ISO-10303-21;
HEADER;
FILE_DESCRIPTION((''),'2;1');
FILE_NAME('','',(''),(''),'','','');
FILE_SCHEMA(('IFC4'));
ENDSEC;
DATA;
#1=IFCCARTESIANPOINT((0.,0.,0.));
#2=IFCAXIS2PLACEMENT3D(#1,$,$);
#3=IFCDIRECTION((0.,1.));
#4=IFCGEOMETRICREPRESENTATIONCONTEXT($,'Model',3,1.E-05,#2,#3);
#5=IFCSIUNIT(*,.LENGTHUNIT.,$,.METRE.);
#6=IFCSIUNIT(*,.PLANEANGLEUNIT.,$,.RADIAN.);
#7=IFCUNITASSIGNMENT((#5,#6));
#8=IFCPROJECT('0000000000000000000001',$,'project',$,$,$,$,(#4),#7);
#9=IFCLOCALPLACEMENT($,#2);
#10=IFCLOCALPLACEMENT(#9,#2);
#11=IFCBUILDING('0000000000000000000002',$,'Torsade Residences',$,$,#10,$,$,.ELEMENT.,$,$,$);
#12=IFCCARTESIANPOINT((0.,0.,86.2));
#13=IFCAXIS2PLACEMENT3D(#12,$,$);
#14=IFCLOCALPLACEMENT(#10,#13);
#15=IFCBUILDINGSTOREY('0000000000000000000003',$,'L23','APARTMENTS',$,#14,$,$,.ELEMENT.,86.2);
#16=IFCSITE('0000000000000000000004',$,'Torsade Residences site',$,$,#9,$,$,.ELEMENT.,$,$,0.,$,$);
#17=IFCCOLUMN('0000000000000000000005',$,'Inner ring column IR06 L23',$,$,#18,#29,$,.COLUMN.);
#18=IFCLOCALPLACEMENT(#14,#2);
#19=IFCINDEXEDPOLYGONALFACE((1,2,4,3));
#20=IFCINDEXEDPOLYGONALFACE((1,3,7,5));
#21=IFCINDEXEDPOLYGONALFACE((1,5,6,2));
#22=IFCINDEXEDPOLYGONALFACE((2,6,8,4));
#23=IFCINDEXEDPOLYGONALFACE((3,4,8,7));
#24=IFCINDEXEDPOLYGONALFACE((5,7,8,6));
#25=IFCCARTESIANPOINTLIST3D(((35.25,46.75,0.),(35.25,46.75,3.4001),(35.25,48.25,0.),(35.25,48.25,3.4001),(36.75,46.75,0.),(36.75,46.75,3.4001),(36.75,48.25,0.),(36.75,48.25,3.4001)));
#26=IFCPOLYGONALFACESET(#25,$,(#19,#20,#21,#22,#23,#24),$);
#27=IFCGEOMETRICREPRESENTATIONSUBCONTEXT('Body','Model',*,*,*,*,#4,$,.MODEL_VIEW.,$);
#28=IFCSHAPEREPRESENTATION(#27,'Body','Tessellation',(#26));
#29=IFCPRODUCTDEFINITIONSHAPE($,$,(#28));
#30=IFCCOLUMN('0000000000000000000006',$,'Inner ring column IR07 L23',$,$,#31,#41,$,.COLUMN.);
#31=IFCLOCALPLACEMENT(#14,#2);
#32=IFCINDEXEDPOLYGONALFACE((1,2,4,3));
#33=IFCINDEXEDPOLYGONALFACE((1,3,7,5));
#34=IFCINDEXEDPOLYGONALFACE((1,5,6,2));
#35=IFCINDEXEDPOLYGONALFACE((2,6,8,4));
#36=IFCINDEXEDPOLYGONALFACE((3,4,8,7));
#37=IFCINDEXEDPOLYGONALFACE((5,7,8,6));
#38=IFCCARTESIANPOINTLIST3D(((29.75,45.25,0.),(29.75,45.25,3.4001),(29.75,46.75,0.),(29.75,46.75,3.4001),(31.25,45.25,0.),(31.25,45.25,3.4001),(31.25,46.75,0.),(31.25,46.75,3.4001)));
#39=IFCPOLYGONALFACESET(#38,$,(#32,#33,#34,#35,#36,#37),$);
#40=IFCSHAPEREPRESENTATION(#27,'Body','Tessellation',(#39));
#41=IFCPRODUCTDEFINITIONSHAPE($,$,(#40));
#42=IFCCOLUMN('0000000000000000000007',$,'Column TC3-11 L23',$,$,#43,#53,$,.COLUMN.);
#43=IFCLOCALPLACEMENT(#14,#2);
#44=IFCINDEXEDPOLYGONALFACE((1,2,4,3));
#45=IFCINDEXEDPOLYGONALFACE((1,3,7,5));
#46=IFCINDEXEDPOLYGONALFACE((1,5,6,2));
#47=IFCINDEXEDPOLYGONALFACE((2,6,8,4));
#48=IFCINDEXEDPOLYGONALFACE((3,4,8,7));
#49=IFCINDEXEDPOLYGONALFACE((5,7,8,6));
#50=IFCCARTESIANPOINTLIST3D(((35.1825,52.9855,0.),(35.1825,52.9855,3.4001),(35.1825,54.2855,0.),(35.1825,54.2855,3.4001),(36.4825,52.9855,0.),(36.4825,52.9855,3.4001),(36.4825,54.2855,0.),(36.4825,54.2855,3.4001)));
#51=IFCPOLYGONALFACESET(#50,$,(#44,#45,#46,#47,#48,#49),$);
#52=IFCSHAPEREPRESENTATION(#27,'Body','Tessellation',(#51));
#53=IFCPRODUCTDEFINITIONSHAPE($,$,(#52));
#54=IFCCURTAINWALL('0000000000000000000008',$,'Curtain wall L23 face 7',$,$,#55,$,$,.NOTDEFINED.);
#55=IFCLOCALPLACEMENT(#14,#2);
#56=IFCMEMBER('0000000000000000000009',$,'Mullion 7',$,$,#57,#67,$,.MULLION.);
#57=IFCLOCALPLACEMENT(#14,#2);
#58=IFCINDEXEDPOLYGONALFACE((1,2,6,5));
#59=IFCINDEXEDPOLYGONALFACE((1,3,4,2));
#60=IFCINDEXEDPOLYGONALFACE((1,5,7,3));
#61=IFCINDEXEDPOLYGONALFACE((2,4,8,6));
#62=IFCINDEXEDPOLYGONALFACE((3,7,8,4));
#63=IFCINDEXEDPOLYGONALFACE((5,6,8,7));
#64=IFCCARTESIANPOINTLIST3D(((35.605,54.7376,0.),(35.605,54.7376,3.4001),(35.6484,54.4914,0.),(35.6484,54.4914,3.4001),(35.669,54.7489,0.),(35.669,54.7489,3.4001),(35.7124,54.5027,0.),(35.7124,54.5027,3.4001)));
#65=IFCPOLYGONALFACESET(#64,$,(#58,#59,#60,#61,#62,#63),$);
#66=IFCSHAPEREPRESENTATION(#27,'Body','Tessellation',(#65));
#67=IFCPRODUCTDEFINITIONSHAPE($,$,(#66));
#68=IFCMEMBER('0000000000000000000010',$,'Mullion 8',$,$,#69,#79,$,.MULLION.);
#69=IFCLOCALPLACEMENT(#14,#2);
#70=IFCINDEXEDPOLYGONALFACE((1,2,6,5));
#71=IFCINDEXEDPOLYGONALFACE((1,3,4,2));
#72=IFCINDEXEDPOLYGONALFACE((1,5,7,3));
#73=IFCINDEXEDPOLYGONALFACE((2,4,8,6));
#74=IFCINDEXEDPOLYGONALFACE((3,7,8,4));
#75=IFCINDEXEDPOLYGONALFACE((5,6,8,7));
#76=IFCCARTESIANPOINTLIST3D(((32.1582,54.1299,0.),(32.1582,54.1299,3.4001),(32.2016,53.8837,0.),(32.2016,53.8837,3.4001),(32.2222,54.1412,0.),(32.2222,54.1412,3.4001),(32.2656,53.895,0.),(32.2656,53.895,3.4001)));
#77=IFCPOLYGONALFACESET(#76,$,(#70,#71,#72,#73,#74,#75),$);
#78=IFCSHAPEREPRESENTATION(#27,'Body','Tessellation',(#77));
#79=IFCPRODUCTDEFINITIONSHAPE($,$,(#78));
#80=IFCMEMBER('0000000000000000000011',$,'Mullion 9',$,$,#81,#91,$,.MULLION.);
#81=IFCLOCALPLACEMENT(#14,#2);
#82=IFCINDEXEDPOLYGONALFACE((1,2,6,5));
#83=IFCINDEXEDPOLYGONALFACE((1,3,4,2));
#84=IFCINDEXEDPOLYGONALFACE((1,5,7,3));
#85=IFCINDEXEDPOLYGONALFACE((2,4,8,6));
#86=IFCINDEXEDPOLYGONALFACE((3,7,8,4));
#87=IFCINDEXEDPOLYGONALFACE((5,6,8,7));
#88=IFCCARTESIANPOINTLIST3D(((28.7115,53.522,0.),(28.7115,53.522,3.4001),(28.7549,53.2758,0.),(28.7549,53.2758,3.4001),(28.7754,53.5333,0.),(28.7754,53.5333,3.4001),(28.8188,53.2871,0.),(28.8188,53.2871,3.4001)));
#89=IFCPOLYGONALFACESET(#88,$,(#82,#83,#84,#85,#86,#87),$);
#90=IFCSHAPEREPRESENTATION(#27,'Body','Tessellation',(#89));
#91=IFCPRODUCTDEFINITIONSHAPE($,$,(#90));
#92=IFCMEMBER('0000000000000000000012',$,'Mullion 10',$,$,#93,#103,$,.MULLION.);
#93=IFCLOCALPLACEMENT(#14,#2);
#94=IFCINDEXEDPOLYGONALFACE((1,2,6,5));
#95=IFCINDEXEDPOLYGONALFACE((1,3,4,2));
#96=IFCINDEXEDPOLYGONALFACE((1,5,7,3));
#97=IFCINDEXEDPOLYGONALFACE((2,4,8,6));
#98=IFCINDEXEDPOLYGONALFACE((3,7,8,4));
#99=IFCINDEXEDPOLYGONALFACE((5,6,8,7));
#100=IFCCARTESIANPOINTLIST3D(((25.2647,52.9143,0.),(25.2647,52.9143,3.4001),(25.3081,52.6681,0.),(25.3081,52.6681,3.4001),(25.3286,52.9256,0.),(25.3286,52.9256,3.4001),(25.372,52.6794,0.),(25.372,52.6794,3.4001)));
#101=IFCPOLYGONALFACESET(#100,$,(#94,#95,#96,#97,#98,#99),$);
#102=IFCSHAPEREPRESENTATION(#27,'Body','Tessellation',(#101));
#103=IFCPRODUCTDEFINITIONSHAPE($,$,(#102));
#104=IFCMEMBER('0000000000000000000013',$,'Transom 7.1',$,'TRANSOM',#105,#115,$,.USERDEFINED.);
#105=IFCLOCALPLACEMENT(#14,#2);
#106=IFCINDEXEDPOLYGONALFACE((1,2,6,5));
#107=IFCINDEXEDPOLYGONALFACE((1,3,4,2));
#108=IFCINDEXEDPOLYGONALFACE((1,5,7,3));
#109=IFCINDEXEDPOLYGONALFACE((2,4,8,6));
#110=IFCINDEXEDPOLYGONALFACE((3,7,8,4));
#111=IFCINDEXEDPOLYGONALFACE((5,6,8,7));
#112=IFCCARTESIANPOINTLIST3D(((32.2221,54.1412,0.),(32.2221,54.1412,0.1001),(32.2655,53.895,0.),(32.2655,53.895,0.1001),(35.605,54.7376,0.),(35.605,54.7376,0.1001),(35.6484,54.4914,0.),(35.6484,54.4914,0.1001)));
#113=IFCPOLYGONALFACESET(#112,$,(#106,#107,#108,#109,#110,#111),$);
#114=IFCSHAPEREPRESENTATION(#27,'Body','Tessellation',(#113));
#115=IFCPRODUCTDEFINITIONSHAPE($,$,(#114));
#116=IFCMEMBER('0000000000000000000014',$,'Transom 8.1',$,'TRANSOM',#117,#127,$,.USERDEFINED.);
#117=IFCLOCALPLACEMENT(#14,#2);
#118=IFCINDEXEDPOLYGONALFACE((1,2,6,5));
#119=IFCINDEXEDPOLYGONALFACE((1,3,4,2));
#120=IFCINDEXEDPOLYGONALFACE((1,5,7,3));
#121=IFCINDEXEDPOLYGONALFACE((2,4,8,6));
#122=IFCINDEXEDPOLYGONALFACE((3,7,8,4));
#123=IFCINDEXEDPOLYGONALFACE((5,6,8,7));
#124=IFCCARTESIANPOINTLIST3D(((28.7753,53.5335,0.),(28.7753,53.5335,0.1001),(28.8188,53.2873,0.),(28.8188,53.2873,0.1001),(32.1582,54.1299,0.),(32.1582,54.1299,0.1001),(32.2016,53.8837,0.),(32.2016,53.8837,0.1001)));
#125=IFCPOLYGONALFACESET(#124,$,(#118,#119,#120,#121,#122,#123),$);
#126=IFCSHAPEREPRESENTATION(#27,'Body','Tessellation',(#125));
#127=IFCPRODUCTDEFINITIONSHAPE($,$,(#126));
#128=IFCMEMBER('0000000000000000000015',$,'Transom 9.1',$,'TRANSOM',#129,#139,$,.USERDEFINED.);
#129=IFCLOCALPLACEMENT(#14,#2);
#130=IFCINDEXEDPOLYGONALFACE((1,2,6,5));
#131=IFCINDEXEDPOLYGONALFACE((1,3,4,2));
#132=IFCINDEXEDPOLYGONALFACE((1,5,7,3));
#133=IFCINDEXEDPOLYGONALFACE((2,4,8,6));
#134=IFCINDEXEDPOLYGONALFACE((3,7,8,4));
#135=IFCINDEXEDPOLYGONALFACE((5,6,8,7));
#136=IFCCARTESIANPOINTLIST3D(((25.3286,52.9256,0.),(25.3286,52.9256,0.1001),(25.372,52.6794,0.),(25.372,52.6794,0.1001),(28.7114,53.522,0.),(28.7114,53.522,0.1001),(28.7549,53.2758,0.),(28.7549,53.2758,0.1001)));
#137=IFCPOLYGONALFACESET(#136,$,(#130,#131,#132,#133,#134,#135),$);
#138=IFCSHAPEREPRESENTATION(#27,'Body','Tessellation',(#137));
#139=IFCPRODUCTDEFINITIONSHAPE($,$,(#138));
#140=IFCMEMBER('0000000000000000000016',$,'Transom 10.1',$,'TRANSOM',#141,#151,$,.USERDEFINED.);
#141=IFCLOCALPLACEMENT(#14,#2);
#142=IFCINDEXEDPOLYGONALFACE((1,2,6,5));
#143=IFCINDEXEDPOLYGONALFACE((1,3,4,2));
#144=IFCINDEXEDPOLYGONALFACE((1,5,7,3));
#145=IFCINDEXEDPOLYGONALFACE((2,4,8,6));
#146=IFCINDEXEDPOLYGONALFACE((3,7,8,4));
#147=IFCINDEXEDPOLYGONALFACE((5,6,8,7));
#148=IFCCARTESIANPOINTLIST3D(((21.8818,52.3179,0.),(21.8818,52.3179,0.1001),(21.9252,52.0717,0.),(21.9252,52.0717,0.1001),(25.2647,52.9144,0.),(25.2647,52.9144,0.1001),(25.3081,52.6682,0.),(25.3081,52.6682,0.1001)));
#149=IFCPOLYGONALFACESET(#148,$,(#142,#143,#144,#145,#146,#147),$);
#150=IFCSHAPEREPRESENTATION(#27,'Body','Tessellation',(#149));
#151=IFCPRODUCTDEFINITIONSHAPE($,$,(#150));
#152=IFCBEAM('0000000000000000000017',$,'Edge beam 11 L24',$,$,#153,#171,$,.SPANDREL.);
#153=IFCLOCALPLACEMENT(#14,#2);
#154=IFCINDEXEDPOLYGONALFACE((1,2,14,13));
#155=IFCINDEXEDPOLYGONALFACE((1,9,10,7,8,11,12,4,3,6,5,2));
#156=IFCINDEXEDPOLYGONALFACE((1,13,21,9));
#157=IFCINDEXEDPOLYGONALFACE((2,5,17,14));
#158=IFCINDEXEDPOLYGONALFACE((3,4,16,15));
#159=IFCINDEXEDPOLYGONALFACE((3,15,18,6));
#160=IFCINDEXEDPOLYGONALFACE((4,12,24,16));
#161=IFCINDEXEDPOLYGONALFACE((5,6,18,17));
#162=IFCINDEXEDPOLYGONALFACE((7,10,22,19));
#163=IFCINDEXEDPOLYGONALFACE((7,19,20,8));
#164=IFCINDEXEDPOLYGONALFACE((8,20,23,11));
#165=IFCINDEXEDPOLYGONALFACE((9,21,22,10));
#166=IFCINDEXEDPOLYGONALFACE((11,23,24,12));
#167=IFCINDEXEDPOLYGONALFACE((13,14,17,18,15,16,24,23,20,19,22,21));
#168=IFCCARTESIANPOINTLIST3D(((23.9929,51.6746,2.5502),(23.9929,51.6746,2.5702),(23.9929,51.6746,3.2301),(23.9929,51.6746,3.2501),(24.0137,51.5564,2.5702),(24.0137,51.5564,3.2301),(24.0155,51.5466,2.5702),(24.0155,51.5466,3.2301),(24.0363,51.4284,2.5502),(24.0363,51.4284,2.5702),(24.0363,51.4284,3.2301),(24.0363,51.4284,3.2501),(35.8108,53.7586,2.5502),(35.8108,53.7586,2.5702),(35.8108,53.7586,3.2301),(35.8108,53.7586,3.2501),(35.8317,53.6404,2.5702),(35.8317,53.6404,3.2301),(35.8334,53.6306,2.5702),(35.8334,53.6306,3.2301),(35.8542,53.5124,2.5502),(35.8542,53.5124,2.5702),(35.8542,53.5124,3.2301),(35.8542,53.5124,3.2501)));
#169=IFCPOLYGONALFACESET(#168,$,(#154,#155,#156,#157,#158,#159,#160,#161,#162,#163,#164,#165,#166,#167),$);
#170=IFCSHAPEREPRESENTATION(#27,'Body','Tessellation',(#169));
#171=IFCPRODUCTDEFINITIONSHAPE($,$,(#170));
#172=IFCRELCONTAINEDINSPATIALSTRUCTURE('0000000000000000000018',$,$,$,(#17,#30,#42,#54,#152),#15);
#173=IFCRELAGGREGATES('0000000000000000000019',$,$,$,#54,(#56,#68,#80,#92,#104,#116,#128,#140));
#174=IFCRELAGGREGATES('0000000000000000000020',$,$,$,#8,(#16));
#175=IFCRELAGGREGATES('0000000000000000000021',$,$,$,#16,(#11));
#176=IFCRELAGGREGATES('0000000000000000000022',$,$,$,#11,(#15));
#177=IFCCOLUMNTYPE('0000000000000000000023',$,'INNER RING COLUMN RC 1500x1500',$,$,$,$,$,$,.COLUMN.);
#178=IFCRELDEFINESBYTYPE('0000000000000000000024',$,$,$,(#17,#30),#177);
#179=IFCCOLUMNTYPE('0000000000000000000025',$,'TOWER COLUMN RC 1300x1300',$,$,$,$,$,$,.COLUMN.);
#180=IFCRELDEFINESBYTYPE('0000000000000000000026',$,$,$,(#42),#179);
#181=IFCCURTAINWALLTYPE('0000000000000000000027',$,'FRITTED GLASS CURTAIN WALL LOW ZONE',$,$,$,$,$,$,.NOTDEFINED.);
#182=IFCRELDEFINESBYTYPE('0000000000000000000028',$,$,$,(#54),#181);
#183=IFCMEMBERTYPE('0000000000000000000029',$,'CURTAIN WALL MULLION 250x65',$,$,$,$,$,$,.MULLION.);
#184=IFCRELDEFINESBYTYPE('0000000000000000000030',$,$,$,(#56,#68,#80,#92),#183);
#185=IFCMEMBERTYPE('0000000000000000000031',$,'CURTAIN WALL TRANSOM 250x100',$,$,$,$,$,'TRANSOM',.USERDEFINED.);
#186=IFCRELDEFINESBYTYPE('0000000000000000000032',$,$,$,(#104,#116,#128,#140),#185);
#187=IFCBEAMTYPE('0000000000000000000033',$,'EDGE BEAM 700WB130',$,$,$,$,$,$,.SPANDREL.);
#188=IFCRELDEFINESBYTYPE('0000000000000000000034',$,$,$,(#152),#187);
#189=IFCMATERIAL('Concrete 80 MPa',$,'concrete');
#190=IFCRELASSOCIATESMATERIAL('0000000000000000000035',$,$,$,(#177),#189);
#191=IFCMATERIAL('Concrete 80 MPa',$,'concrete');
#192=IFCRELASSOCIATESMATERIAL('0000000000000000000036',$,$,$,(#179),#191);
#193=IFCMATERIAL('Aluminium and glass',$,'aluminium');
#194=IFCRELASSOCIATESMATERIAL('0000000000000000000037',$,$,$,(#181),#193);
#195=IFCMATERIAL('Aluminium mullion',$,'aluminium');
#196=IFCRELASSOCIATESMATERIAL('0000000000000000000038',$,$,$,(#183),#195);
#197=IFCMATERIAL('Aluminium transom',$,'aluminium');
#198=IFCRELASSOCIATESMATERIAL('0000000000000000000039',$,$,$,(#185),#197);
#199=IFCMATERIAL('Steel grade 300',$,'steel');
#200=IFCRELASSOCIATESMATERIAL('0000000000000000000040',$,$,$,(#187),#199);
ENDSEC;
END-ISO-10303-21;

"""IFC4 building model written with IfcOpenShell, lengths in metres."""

from ifc_helpers import new_model, si_unit, direction, frame, origin, origin_2d, place, context, subcontext, project, spatial, rectangle, i_section, extrude, material, material_profile, profile_set, type_object, element, aggregate, save


model = new_model("IFC4")

# Units and contexts
model_context = context("Model", 3, precision=1e-05, world=origin(), true_north=direction((0.0, 1.0)))
body_context = subcontext(model_context, "Body", "Model", "MODEL_VIEW")
ifc_project = project(units=[si_unit("LENGTHUNIT", "METRE"), si_unit("PLANEANGLEUNIT", "RADIAN")], contexts=[model_context])

# Site, building, storey
site_placement = place(None, origin())
site = spatial("IfcSite", under=ifc_project, at=site_placement, Name="Torsade Residences site", CompositionType="ELEMENT", RefElevation=0.0)
building_placement = place(site_placement, origin())
building = spatial("IfcBuilding", under=site, at=building_placement, Name="Torsade Residences", CompositionType="ELEMENT")
storey_placement = place(building_placement, frame((0.0, 0.0, 86.2)))
storey = spatial("IfcBuildingStorey", under=building, at=storey_placement, Name="L23", Description="APARTMENTS", CompositionType="ELEMENT", Elevation=86.2)

# Columns
ifc_material_1 = material(Name="Concrete 80 MPa", Category="concrete")
ifc_material_profile_1 = material_profile(ifc_material_1, rectangle(XDim=1.5, YDim=1.5, at=origin_2d()), Name="RC 1500x1500")
ifc_profile_set_1 = profile_set([ifc_material_profile_1], Name="Concrete 80 MPa")
column_type_1 = type_object("IfcColumnType", Name="INNER RING COLUMN RC 1500x1500", PredefinedType="COLUMN", material=ifc_profile_set_1)
for number, where, z_axis, x_axis, name in (
    (1, (36.0, 47.5, 0.0), (0.0, 0.0, 1.0), (1.0, 0.0, 0.0), "Inner ring column IR06 L23"),
    (2, (30.5, 46.0, 0.0), (0.0, 0.0, 1.0), (1.0, 0.0, 0.0), "Inner ring column IR07 L23"),
):
    element("IfcColumn", number, at=place(storey_placement, frame(where, z_axis=z_axis, x_axis=x_axis)), inside=storey, type_object=column_type_1, Name=name, PredefinedType="COLUMN", context=body_context, shape_type="SweptSolid", body=[
        extrude(rectangle(XDim=1.5, YDim=1.5, at=origin_2d()), origin(), (0.0, 0.0, 1.0), 3.4001),
    ])
ifc_material_2 = material(Name="Concrete 80 MPa", Category="concrete")
ifc_material_profile_2 = material_profile(ifc_material_2, rectangle(XDim=1.3, YDim=1.3, at=origin_2d()), Name="RC 1300x1300")
ifc_profile_set_2 = profile_set([ifc_material_profile_2], Name="Concrete 80 MPa")
column_type_2 = type_object("IfcColumnType", Name="TOWER COLUMN RC 1300x1300", PredefinedType="COLUMN", material=ifc_profile_set_2)
column_placement = place(storey_placement, frame((35.8325, 53.6355, 0.0), z_axis=(0.0, 0.0, 1.0), x_axis=(1.0, 0.0, 0.0)))
element("IfcColumn", 3, at=column_placement, inside=storey, type_object=column_type_2, Name="Column TC3-11 L23", PredefinedType="COLUMN", context=body_context, shape_type="SweptSolid", body=[
    extrude(rectangle(XDim=1.3, YDim=1.3, at=origin_2d()), origin(), (0.0, 0.0, 1.0), 3.4001),
])

# Curtain wall, members
ifc_material_3 = material(Name="Aluminium and glass", Category="aluminium")
curtain_wall_type = type_object("IfcCurtainWallType", Name="FRITTED GLASS CURTAIN WALL LOW ZONE", PredefinedType="NOTDEFINED", material=ifc_material_3)
curtain_wall_placement = place(storey_placement, origin())
curtain_wall = element("IfcCurtainWall", 4, at=curtain_wall_placement, inside=storey, type_object=curtain_wall_type, Name="Curtain wall L23 face 7", PredefinedType="NOTDEFINED")
ifc_material_4 = material(Name="Aluminium mullion", Category="aluminium")
ifc_material_profile_3 = material_profile(ifc_material_4, rectangle(XDim=0.25, YDim=0.0649, at=origin_2d()), Name="CURTAIN WALL MULLION 250x65")
ifc_profile_set_3 = profile_set([ifc_material_profile_3], Name="Aluminium mullion")
member_type_1 = type_object("IfcMemberType", Name="CURTAIN WALL MULLION 250x65", PredefinedType="MULLION", material=ifc_profile_set_3)
member_1_placement = place(storey_placement, frame((35.6587, 54.6201, 0.0), z_axis=(0.0, 0.0, 1.0), x_axis=(0.173648, -0.984808, 0.0)))
member_1 = element("IfcMember", 5, at=member_1_placement, type_object=member_type_1, Name="Mullion 7", PredefinedType="MULLION", context=body_context, shape_type="SweptSolid", body=[
    extrude(rectangle(XDim=0.25, YDim=0.0649, at=origin_2d()), origin(), (0.0, 0.0, 1.0), 3.4001),
])
member_2_placement = place(storey_placement, frame((32.2119, 54.0125, 0.0), z_axis=(0.0, 0.0, 1.0), x_axis=(0.173648, -0.984808, 0.0)))
member_2 = element("IfcMember", 6, at=member_2_placement, type_object=member_type_1, Name="Mullion 8", PredefinedType="MULLION", context=body_context, shape_type="SweptSolid", body=[
    extrude(rectangle(XDim=0.25, YDim=0.0649, at=origin_2d()), origin(), (0.0, 0.0, 1.0), 3.4001),
])
member_3_placement = place(storey_placement, frame((28.7651, 53.4045, 0.0), z_axis=(0.0, 0.0, 1.0), x_axis=(0.173648, -0.984808, 0.0)))
member_3 = element("IfcMember", 7, at=member_3_placement, type_object=member_type_1, Name="Mullion 9", PredefinedType="MULLION", context=body_context, shape_type="SweptSolid", body=[
    extrude(rectangle(XDim=0.25, YDim=0.0649, at=origin_2d()), origin(), (0.0, 0.0, 1.0), 3.4001),
])
member_4_placement = place(storey_placement, frame((25.3184, 52.7969, 0.0), z_axis=(0.0, 0.0, 1.0), x_axis=(0.173648, -0.984808, 0.0)))
member_4 = element("IfcMember", 8, at=member_4_placement, type_object=member_type_1, Name="Mullion 10", PredefinedType="MULLION", context=body_context, shape_type="SweptSolid", body=[
    extrude(rectangle(XDim=0.25, YDim=0.0649, at=origin_2d()), origin(), (0.0, 0.0, 1.0), 3.4001),
])
ifc_material_5 = material(Name="Aluminium transom", Category="aluminium")
ifc_material_profile_4 = material_profile(ifc_material_5, rectangle(XDim=0.25, YDim=0.1001, at=origin_2d()), Name="CURTAIN WALL TRANSOM 250x100")
ifc_profile_set_4 = profile_set([ifc_material_profile_4], Name="Aluminium transom")
member_type_2 = type_object("IfcMemberType", Name="CURTAIN WALL TRANSOM 250x100", ElementType="TRANSOM", PredefinedType="USERDEFINED", material=ifc_profile_set_4)
member_5_placement = place(storey_placement, frame((35.6267, 54.6145, 0.05), z_axis=(-0.98481, -0.173635, 0.0), x_axis=(0.173635, -0.98481, 0.0)))
member_5 = element("IfcMember", 9, at=member_5_placement, type_object=member_type_2, Name="Transom 7.1", ObjectType="TRANSOM", PredefinedType="USERDEFINED", context=body_context, shape_type="SweptSolid", body=[
    extrude(rectangle(XDim=0.25, YDim=0.1001, at=origin_2d()), origin(), (0.0, 0.0, 1.0), 3.4351),
])
member_6_placement = place(storey_placement, frame((32.1799, 54.0068, 0.05), z_axis=(-0.98481, -0.173635, 0.0), x_axis=(0.173635, -0.98481, 0.0)))
member_6 = element("IfcMember", 10, at=member_6_placement, type_object=member_type_2, Name="Transom 8.1", ObjectType="TRANSOM", PredefinedType="USERDEFINED", context=body_context, shape_type="SweptSolid", body=[
    extrude(rectangle(XDim=0.25, YDim=0.1001, at=origin_2d()), origin(), (0.0, 0.0, 1.0), 3.4351),
])
member_7_placement = place(storey_placement, frame((28.7332, 53.3989, 0.05), z_axis=(-0.98481, -0.173635, 0.0), x_axis=(0.173635, -0.98481, 0.0)))
member_7 = element("IfcMember", 11, at=member_7_placement, type_object=member_type_2, Name="Transom 9.1", ObjectType="TRANSOM", PredefinedType="USERDEFINED", context=body_context, shape_type="SweptSolid", body=[
    extrude(rectangle(XDim=0.25, YDim=0.1001, at=origin_2d()), origin(), (0.0, 0.0, 1.0), 3.4351),
])
member_8_placement = place(storey_placement, frame((25.2864, 52.7913, 0.05), z_axis=(-0.98481, -0.173635, 0.0), x_axis=(0.173635, -0.98481, 0.0)))
member_8 = element("IfcMember", 12, at=member_8_placement, type_object=member_type_2, Name="Transom 10.1", ObjectType="TRANSOM", PredefinedType="USERDEFINED", context=body_context, shape_type="SweptSolid", body=[
    extrude(rectangle(XDim=0.25, YDim=0.1001, at=origin_2d()), origin(), (0.0, 0.0, 1.0), 3.4351),
])

# Beam
ifc_material_6 = material(Name="Steel grade 300", Category="steel")
ifc_material_profile_5 = material_profile(ifc_material_6, i_section(OverallWidth=0.25, OverallDepth=0.7, WebThickness=0.01, FlangeThickness=0.02, at=origin_2d()), Name="700WB130")
ifc_profile_set_5 = profile_set([ifc_material_profile_5], Name="Steel grade 300")
beam_type_1 = type_object("IfcBeamType", Name="EDGE BEAM 700WB130", PredefinedType="SPANDREL", material=ifc_profile_set_5)
beam_1_placement = place(storey_placement, frame((35.8325, 53.6355, 2.9001), z_axis=(-0.984805, -0.173662, 0.0), x_axis=(0.173662, -0.984805, 0.0)))
element("IfcBeam", 13, at=beam_1_placement, inside=storey, type_object=beam_type_1, Name="Edge beam 11 L24", PredefinedType="SPANDREL", context=body_context, shape_type="SweptSolid", body=[
    extrude(i_section(OverallWidth=0.25, OverallDepth=0.7, WebThickness=0.01, FlangeThickness=0.02, at=origin_2d()), origin(), (0.0, 0.0, 1.0), 12.0002),
])

aggregate(curtain_wall, [member_1, member_2, member_3, member_4, member_5, member_6, member_7, member_8])

save(model, "model.ifc")
